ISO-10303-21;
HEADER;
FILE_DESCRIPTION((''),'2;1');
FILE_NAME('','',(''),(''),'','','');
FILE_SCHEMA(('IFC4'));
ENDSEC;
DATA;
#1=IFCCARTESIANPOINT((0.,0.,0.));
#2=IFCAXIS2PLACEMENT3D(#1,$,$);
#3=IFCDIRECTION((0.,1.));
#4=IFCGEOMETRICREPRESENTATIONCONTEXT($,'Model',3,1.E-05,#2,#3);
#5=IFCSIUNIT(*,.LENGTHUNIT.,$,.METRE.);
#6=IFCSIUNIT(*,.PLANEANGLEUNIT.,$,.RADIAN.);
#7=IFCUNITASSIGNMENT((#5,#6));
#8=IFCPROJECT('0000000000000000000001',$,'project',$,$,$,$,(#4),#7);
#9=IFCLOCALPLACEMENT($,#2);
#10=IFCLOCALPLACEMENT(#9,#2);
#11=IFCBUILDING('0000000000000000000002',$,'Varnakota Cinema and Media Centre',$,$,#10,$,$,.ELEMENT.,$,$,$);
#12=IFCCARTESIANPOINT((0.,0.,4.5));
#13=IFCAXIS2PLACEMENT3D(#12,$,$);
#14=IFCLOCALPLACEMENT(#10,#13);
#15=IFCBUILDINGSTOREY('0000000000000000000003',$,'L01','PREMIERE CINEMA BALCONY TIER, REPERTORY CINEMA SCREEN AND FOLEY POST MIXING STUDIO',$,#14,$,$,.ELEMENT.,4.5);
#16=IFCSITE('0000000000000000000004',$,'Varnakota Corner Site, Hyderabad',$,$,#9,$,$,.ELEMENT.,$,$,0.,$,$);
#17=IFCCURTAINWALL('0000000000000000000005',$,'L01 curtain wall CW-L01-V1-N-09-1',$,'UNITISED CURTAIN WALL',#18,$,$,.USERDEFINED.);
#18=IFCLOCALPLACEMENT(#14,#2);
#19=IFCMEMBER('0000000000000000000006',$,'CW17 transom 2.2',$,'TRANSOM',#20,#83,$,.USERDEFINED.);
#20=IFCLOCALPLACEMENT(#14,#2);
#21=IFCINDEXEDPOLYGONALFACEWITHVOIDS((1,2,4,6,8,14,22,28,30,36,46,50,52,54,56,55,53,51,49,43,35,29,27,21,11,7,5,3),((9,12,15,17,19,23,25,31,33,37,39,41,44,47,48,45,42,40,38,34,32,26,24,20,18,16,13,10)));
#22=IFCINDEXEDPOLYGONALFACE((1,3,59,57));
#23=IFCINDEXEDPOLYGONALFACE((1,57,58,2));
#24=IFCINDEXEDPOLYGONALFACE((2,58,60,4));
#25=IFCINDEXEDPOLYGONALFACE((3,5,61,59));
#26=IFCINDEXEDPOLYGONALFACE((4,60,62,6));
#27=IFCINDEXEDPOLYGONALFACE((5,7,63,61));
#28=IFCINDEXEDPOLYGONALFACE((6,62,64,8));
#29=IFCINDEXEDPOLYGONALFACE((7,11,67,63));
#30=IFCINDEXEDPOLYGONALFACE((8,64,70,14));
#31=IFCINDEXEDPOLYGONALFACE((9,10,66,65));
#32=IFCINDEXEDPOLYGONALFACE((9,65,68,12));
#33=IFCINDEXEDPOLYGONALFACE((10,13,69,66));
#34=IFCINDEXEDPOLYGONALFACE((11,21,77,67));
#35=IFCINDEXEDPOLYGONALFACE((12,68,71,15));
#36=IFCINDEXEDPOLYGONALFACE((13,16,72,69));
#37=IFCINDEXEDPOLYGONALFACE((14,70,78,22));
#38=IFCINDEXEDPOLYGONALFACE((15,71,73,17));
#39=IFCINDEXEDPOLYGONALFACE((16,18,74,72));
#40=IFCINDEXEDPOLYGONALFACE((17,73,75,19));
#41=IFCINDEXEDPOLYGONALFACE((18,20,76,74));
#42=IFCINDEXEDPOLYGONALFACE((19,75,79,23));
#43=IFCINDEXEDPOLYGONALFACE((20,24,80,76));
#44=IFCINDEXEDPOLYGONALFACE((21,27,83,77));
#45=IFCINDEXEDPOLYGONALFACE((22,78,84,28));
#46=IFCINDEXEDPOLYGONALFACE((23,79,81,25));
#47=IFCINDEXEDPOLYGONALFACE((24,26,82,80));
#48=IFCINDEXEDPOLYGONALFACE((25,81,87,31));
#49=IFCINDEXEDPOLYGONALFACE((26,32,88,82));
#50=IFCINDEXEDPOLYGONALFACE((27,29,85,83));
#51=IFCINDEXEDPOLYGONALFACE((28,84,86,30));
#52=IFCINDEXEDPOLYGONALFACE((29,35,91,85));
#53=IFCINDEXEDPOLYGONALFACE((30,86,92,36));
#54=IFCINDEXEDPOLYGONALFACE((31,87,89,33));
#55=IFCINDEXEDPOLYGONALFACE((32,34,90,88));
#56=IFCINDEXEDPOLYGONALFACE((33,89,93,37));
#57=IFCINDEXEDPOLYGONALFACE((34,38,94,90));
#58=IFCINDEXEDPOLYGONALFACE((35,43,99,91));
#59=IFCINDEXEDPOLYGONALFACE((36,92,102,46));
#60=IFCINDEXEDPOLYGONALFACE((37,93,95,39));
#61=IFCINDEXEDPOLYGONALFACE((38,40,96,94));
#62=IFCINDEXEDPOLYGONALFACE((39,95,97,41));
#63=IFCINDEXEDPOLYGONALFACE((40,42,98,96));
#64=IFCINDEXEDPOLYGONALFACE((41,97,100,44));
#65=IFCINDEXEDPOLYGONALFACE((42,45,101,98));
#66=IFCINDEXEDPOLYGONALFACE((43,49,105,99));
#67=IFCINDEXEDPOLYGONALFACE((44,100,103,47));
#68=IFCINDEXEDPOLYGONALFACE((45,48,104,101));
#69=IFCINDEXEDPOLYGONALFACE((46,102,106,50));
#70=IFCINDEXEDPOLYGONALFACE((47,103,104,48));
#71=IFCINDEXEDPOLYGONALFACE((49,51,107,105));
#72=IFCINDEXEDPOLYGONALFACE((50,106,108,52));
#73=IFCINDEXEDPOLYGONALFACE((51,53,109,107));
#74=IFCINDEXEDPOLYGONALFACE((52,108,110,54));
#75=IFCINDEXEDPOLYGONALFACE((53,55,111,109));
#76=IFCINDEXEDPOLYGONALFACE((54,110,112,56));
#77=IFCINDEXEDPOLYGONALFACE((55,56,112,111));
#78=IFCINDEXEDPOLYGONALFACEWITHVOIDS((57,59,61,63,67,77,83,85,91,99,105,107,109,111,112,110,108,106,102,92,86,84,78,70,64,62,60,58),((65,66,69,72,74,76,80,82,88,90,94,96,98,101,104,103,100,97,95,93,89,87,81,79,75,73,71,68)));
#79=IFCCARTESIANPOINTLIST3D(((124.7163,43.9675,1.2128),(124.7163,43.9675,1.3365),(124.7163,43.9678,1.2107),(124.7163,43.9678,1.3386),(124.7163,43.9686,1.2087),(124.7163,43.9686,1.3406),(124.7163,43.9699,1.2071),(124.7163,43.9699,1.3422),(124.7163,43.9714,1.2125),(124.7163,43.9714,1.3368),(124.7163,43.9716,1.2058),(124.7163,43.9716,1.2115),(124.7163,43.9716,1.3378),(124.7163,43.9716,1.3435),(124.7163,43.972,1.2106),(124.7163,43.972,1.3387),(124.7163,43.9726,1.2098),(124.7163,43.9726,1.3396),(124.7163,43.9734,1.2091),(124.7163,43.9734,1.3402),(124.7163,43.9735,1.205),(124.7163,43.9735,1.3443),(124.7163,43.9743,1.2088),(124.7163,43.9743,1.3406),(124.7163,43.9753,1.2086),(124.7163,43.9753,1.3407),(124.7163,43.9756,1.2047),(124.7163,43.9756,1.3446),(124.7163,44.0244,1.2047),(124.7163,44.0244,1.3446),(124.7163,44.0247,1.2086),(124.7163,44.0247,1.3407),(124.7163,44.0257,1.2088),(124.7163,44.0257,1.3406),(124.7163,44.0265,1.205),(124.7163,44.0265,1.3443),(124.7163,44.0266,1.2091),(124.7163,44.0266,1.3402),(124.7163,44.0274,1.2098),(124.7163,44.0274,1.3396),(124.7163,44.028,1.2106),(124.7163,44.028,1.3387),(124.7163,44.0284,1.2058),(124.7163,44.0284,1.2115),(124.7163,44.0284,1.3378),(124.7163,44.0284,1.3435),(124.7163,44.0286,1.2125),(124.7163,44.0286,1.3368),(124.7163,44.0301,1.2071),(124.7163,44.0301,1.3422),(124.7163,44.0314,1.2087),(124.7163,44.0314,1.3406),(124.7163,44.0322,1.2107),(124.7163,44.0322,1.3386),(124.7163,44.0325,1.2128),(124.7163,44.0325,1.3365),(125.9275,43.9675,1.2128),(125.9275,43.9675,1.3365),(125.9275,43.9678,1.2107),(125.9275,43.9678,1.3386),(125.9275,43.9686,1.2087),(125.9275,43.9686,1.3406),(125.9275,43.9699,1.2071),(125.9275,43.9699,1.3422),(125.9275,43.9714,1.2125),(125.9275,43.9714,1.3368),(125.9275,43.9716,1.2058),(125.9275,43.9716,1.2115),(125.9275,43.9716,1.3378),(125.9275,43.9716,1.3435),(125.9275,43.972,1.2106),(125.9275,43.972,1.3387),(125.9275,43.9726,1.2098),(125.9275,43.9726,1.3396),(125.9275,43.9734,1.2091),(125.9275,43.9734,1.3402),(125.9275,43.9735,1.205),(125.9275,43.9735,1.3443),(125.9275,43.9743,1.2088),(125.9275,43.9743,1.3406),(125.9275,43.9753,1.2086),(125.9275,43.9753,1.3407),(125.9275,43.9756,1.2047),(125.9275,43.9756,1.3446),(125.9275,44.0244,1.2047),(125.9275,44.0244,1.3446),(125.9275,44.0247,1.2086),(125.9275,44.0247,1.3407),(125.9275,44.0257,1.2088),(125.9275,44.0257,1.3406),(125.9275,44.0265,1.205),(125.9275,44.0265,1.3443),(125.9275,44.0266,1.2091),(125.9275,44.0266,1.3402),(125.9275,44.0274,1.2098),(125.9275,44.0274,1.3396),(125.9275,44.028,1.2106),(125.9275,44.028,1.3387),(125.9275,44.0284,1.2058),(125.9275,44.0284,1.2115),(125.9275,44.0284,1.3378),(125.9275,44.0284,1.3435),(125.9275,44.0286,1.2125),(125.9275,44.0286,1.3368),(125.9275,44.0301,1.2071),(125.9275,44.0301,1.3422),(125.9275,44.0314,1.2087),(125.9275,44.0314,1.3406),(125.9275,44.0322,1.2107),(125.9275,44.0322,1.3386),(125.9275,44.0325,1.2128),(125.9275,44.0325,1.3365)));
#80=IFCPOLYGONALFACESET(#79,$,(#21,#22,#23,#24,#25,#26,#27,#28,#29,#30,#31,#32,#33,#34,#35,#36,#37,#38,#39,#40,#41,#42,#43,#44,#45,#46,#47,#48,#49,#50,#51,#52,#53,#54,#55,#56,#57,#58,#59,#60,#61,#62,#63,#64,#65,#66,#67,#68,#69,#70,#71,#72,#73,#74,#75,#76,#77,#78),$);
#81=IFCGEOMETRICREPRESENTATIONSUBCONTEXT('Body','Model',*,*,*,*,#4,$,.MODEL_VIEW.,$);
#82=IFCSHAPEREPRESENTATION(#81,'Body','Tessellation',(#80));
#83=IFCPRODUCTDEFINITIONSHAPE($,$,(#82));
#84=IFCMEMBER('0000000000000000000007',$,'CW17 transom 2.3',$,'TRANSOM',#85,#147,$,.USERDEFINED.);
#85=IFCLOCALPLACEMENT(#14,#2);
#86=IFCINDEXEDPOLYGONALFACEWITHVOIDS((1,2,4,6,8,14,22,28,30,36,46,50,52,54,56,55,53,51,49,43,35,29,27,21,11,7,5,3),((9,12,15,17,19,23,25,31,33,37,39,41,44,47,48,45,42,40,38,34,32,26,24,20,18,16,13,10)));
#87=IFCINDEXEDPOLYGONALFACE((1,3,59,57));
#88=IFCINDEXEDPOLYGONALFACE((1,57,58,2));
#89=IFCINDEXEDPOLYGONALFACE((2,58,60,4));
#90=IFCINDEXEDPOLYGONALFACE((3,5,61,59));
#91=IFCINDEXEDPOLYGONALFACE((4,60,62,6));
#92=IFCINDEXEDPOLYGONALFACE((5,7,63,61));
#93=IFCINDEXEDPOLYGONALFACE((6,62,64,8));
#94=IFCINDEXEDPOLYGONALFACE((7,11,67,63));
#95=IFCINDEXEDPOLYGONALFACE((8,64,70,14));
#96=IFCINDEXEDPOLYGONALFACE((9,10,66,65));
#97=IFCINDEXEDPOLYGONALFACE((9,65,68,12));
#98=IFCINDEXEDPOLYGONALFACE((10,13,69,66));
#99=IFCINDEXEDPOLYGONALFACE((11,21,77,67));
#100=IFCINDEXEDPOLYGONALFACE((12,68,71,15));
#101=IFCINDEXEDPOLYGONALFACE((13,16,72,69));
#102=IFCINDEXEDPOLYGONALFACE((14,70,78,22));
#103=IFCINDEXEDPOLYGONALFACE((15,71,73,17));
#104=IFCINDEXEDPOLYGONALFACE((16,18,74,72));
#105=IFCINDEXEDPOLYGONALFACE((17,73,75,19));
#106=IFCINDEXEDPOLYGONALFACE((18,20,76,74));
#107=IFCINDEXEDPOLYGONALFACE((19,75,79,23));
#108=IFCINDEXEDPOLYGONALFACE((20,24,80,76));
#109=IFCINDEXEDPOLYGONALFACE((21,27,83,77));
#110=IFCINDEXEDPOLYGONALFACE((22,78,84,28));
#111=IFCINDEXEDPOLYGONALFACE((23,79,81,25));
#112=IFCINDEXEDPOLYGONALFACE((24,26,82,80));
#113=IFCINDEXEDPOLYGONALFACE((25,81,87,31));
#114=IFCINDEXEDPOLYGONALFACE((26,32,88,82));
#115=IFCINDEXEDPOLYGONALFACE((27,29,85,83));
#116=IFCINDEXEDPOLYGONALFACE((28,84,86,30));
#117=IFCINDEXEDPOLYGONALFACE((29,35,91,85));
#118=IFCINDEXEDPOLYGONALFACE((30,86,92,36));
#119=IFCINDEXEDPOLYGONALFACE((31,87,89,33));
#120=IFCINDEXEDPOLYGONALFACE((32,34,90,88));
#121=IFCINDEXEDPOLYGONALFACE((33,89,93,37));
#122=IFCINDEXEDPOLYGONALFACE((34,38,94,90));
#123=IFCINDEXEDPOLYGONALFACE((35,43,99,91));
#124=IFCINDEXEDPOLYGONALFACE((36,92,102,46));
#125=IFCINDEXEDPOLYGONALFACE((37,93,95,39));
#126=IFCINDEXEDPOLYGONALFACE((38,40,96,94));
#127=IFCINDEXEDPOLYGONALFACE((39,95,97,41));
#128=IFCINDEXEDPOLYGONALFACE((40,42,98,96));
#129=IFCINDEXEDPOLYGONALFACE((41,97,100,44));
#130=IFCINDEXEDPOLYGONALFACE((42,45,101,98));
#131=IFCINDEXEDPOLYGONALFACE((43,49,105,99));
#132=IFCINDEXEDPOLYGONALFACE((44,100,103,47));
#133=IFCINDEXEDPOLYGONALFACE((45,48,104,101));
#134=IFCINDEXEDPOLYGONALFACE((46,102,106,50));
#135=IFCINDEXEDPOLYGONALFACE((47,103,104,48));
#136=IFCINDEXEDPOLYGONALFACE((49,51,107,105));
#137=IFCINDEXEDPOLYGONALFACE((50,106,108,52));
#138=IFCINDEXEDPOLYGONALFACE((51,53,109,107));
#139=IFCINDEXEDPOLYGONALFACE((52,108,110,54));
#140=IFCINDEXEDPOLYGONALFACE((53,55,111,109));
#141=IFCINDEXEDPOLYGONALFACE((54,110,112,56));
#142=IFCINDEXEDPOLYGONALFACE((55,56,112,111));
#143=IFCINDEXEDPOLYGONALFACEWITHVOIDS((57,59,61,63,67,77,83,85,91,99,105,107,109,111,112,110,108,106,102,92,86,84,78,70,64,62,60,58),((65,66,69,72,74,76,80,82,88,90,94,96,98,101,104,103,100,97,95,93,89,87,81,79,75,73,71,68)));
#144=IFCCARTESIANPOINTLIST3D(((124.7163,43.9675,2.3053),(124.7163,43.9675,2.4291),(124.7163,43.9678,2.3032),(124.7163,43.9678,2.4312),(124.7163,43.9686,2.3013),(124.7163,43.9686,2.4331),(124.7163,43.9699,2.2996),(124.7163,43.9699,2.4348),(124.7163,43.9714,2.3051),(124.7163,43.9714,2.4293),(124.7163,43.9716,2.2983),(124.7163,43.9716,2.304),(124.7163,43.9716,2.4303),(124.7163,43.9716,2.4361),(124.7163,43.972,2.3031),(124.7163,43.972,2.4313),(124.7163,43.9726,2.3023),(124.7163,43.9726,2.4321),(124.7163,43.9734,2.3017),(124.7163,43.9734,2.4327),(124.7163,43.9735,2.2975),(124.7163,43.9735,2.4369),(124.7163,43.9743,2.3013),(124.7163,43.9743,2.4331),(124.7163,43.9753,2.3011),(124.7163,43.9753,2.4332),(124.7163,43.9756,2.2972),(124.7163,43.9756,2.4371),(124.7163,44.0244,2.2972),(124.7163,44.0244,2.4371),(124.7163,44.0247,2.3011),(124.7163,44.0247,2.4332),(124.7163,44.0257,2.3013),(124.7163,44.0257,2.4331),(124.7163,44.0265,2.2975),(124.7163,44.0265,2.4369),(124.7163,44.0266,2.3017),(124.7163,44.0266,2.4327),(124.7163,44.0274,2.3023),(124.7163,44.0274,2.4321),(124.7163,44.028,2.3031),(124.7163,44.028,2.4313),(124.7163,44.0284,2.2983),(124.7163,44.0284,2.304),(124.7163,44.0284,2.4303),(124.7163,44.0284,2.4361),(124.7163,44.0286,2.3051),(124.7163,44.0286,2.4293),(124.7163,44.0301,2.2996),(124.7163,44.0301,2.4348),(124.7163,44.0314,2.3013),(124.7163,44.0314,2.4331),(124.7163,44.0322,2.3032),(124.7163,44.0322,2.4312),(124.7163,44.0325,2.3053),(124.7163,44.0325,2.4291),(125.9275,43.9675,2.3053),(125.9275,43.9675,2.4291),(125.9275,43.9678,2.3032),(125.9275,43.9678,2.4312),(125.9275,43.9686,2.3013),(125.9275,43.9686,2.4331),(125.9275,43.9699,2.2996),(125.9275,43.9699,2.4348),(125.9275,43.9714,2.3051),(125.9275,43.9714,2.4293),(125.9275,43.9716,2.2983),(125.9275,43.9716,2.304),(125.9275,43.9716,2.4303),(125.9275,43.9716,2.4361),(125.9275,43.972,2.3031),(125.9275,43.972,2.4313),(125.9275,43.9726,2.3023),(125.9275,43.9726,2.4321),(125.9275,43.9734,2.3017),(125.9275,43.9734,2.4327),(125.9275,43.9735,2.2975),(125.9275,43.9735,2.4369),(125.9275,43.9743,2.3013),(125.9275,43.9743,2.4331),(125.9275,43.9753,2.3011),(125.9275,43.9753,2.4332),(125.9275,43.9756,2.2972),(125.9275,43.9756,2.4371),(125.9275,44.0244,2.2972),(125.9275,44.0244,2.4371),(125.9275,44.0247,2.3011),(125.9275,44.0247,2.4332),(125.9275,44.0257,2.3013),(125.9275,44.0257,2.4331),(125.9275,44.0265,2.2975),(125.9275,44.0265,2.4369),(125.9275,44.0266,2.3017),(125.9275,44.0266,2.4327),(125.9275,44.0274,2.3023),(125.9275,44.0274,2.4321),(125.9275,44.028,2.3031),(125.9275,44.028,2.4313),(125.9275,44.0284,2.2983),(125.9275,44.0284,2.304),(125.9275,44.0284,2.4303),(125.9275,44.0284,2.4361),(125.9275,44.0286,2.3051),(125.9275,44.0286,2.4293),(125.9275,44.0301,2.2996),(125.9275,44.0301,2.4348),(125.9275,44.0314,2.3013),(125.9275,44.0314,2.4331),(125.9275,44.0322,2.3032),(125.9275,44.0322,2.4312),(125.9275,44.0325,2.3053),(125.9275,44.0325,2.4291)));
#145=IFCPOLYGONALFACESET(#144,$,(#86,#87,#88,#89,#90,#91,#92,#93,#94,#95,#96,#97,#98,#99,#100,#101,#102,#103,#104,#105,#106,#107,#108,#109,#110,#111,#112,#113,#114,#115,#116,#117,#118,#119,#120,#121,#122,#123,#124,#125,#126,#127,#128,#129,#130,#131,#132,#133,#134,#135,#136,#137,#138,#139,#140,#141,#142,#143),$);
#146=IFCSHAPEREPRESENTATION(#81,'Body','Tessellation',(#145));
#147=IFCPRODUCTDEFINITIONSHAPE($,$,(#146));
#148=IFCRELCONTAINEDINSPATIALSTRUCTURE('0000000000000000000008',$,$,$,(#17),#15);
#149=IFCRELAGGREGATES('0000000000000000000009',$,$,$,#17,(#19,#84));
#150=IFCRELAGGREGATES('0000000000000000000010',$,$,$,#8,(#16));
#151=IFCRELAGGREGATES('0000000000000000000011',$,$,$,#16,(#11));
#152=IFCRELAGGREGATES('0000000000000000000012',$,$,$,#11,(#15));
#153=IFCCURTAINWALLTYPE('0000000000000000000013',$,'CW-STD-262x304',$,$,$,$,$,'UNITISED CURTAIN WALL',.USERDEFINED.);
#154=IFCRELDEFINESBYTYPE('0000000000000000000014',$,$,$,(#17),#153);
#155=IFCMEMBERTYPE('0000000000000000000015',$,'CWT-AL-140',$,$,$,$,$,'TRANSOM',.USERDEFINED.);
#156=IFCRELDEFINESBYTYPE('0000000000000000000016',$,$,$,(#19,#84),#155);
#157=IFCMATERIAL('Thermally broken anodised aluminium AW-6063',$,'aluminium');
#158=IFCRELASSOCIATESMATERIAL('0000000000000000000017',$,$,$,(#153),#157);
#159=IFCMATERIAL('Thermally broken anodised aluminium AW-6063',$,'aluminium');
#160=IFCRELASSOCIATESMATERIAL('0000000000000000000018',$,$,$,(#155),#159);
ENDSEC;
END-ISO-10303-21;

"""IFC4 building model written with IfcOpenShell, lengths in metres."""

from ifc_helpers import new_model, si_unit, direction, frame, origin, origin_2d, place, context, subcontext, project, spatial, hollow_rectangle, extrude, material, material_profile, profile_set, type_object, element, aggregate, save


model = new_model("IFC4")

# Units and contexts
model_context = context("Model", 3, precision=1e-05, world=origin(), true_north=direction((0.0, 1.0)))
body_context = subcontext(model_context, "Body", "Model", "MODEL_VIEW")
ifc_project = project(units=[si_unit("LENGTHUNIT", "METRE"), si_unit("PLANEANGLEUNIT", "RADIAN")], contexts=[model_context])

# Site, building, storey
site_placement = place(None, origin())
site = spatial("IfcSite", under=ifc_project, at=site_placement, Name="Varnakota Corner Site, Hyderabad", CompositionType="ELEMENT", RefElevation=0.0)
building_placement = place(site_placement, origin())
building = spatial("IfcBuilding", under=site, at=building_placement, Name="Varnakota Cinema and Media Centre", CompositionType="ELEMENT")
storey_placement = place(building_placement, frame((0.0, 0.0, 4.5)))
storey = spatial("IfcBuildingStorey", under=building, at=storey_placement, Name="L01", Description="PREMIERE CINEMA BALCONY TIER, REPERTORY CINEMA SCREEN AND FOLEY POST MIXING STUDIO", CompositionType="ELEMENT", Elevation=4.5)

# Curtain wall
ifc_material_1 = material(Name="Thermally broken anodised aluminium AW-6063", Category="aluminium")
curtain_wall_type = type_object("IfcCurtainWallType", Name="CW-STD-262x304", ElementType="UNITISED CURTAIN WALL", PredefinedType="USERDEFINED", material=ifc_material_1)
curtain_wall_1_placement = place(storey_placement, origin())
curtain_wall_1 = element("IfcCurtainWall", 1, at=curtain_wall_1_placement, inside=storey, type_object=curtain_wall_type, Name="L01 curtain wall CW-L01-V1-N-09-1", ObjectType="UNITISED CURTAIN WALL", PredefinedType="USERDEFINED")

# Members
ifc_material_2 = material(Name="Thermally broken anodised aluminium AW-6063", Category="aluminium")
ifc_material_profile_1 = material_profile(ifc_material_2, hollow_rectangle(XDim=0.0649, YDim=0.1399, WallThickness=0.0039, InnerFilletRadius=0.0039, OuterFilletRadius=0.0081, at=origin_2d()), Name="AL-TRANSOM 140x65x4")
ifc_profile_set_1 = profile_set([ifc_material_profile_1], Name="Thermally broken anodised aluminium AW-6063")
member_type_1 = type_object("IfcMemberType", Name="CWT-AL-140", ElementType="TRANSOM", PredefinedType="USERDEFINED", material=ifc_profile_set_1)
member_1_placement = place(storey_placement, frame((124.7163, 44.0, 1.2747), z_axis=(1.0, 0.0, 0.0), x_axis=(0.0, 1.0, 0.0)))
member_1 = element("IfcMember", 2, at=member_1_placement, type_object=member_type_1, Name="CW17 transom 2.2", ObjectType="TRANSOM", PredefinedType="USERDEFINED", context=body_context, shape_type="SweptSolid", body=[
    extrude(hollow_rectangle(XDim=0.0649, YDim=0.1399, WallThickness=0.0039, InnerFilletRadius=0.0039, OuterFilletRadius=0.0081, at=origin_2d()), origin(), (0.0, 0.0, 1.0), 1.2112),
])
member_2_placement = place(storey_placement, frame((124.7163, 44.0, 2.3672), z_axis=(1.0, 0.0, 0.0), x_axis=(0.0, 1.0, 0.0)))
member_2 = element("IfcMember", 3, at=member_2_placement, type_object=member_type_1, Name="CW17 transom 2.3", ObjectType="TRANSOM", PredefinedType="USERDEFINED", context=body_context, shape_type="SweptSolid", body=[
    extrude(hollow_rectangle(XDim=0.0649, YDim=0.1399, WallThickness=0.0039, InnerFilletRadius=0.0039, OuterFilletRadius=0.0081, at=origin_2d()), origin(), (0.0, 0.0, 1.0), 1.2112),
])

aggregate(curtain_wall_1, [member_1, member_2])

save(model, "model.ifc")
